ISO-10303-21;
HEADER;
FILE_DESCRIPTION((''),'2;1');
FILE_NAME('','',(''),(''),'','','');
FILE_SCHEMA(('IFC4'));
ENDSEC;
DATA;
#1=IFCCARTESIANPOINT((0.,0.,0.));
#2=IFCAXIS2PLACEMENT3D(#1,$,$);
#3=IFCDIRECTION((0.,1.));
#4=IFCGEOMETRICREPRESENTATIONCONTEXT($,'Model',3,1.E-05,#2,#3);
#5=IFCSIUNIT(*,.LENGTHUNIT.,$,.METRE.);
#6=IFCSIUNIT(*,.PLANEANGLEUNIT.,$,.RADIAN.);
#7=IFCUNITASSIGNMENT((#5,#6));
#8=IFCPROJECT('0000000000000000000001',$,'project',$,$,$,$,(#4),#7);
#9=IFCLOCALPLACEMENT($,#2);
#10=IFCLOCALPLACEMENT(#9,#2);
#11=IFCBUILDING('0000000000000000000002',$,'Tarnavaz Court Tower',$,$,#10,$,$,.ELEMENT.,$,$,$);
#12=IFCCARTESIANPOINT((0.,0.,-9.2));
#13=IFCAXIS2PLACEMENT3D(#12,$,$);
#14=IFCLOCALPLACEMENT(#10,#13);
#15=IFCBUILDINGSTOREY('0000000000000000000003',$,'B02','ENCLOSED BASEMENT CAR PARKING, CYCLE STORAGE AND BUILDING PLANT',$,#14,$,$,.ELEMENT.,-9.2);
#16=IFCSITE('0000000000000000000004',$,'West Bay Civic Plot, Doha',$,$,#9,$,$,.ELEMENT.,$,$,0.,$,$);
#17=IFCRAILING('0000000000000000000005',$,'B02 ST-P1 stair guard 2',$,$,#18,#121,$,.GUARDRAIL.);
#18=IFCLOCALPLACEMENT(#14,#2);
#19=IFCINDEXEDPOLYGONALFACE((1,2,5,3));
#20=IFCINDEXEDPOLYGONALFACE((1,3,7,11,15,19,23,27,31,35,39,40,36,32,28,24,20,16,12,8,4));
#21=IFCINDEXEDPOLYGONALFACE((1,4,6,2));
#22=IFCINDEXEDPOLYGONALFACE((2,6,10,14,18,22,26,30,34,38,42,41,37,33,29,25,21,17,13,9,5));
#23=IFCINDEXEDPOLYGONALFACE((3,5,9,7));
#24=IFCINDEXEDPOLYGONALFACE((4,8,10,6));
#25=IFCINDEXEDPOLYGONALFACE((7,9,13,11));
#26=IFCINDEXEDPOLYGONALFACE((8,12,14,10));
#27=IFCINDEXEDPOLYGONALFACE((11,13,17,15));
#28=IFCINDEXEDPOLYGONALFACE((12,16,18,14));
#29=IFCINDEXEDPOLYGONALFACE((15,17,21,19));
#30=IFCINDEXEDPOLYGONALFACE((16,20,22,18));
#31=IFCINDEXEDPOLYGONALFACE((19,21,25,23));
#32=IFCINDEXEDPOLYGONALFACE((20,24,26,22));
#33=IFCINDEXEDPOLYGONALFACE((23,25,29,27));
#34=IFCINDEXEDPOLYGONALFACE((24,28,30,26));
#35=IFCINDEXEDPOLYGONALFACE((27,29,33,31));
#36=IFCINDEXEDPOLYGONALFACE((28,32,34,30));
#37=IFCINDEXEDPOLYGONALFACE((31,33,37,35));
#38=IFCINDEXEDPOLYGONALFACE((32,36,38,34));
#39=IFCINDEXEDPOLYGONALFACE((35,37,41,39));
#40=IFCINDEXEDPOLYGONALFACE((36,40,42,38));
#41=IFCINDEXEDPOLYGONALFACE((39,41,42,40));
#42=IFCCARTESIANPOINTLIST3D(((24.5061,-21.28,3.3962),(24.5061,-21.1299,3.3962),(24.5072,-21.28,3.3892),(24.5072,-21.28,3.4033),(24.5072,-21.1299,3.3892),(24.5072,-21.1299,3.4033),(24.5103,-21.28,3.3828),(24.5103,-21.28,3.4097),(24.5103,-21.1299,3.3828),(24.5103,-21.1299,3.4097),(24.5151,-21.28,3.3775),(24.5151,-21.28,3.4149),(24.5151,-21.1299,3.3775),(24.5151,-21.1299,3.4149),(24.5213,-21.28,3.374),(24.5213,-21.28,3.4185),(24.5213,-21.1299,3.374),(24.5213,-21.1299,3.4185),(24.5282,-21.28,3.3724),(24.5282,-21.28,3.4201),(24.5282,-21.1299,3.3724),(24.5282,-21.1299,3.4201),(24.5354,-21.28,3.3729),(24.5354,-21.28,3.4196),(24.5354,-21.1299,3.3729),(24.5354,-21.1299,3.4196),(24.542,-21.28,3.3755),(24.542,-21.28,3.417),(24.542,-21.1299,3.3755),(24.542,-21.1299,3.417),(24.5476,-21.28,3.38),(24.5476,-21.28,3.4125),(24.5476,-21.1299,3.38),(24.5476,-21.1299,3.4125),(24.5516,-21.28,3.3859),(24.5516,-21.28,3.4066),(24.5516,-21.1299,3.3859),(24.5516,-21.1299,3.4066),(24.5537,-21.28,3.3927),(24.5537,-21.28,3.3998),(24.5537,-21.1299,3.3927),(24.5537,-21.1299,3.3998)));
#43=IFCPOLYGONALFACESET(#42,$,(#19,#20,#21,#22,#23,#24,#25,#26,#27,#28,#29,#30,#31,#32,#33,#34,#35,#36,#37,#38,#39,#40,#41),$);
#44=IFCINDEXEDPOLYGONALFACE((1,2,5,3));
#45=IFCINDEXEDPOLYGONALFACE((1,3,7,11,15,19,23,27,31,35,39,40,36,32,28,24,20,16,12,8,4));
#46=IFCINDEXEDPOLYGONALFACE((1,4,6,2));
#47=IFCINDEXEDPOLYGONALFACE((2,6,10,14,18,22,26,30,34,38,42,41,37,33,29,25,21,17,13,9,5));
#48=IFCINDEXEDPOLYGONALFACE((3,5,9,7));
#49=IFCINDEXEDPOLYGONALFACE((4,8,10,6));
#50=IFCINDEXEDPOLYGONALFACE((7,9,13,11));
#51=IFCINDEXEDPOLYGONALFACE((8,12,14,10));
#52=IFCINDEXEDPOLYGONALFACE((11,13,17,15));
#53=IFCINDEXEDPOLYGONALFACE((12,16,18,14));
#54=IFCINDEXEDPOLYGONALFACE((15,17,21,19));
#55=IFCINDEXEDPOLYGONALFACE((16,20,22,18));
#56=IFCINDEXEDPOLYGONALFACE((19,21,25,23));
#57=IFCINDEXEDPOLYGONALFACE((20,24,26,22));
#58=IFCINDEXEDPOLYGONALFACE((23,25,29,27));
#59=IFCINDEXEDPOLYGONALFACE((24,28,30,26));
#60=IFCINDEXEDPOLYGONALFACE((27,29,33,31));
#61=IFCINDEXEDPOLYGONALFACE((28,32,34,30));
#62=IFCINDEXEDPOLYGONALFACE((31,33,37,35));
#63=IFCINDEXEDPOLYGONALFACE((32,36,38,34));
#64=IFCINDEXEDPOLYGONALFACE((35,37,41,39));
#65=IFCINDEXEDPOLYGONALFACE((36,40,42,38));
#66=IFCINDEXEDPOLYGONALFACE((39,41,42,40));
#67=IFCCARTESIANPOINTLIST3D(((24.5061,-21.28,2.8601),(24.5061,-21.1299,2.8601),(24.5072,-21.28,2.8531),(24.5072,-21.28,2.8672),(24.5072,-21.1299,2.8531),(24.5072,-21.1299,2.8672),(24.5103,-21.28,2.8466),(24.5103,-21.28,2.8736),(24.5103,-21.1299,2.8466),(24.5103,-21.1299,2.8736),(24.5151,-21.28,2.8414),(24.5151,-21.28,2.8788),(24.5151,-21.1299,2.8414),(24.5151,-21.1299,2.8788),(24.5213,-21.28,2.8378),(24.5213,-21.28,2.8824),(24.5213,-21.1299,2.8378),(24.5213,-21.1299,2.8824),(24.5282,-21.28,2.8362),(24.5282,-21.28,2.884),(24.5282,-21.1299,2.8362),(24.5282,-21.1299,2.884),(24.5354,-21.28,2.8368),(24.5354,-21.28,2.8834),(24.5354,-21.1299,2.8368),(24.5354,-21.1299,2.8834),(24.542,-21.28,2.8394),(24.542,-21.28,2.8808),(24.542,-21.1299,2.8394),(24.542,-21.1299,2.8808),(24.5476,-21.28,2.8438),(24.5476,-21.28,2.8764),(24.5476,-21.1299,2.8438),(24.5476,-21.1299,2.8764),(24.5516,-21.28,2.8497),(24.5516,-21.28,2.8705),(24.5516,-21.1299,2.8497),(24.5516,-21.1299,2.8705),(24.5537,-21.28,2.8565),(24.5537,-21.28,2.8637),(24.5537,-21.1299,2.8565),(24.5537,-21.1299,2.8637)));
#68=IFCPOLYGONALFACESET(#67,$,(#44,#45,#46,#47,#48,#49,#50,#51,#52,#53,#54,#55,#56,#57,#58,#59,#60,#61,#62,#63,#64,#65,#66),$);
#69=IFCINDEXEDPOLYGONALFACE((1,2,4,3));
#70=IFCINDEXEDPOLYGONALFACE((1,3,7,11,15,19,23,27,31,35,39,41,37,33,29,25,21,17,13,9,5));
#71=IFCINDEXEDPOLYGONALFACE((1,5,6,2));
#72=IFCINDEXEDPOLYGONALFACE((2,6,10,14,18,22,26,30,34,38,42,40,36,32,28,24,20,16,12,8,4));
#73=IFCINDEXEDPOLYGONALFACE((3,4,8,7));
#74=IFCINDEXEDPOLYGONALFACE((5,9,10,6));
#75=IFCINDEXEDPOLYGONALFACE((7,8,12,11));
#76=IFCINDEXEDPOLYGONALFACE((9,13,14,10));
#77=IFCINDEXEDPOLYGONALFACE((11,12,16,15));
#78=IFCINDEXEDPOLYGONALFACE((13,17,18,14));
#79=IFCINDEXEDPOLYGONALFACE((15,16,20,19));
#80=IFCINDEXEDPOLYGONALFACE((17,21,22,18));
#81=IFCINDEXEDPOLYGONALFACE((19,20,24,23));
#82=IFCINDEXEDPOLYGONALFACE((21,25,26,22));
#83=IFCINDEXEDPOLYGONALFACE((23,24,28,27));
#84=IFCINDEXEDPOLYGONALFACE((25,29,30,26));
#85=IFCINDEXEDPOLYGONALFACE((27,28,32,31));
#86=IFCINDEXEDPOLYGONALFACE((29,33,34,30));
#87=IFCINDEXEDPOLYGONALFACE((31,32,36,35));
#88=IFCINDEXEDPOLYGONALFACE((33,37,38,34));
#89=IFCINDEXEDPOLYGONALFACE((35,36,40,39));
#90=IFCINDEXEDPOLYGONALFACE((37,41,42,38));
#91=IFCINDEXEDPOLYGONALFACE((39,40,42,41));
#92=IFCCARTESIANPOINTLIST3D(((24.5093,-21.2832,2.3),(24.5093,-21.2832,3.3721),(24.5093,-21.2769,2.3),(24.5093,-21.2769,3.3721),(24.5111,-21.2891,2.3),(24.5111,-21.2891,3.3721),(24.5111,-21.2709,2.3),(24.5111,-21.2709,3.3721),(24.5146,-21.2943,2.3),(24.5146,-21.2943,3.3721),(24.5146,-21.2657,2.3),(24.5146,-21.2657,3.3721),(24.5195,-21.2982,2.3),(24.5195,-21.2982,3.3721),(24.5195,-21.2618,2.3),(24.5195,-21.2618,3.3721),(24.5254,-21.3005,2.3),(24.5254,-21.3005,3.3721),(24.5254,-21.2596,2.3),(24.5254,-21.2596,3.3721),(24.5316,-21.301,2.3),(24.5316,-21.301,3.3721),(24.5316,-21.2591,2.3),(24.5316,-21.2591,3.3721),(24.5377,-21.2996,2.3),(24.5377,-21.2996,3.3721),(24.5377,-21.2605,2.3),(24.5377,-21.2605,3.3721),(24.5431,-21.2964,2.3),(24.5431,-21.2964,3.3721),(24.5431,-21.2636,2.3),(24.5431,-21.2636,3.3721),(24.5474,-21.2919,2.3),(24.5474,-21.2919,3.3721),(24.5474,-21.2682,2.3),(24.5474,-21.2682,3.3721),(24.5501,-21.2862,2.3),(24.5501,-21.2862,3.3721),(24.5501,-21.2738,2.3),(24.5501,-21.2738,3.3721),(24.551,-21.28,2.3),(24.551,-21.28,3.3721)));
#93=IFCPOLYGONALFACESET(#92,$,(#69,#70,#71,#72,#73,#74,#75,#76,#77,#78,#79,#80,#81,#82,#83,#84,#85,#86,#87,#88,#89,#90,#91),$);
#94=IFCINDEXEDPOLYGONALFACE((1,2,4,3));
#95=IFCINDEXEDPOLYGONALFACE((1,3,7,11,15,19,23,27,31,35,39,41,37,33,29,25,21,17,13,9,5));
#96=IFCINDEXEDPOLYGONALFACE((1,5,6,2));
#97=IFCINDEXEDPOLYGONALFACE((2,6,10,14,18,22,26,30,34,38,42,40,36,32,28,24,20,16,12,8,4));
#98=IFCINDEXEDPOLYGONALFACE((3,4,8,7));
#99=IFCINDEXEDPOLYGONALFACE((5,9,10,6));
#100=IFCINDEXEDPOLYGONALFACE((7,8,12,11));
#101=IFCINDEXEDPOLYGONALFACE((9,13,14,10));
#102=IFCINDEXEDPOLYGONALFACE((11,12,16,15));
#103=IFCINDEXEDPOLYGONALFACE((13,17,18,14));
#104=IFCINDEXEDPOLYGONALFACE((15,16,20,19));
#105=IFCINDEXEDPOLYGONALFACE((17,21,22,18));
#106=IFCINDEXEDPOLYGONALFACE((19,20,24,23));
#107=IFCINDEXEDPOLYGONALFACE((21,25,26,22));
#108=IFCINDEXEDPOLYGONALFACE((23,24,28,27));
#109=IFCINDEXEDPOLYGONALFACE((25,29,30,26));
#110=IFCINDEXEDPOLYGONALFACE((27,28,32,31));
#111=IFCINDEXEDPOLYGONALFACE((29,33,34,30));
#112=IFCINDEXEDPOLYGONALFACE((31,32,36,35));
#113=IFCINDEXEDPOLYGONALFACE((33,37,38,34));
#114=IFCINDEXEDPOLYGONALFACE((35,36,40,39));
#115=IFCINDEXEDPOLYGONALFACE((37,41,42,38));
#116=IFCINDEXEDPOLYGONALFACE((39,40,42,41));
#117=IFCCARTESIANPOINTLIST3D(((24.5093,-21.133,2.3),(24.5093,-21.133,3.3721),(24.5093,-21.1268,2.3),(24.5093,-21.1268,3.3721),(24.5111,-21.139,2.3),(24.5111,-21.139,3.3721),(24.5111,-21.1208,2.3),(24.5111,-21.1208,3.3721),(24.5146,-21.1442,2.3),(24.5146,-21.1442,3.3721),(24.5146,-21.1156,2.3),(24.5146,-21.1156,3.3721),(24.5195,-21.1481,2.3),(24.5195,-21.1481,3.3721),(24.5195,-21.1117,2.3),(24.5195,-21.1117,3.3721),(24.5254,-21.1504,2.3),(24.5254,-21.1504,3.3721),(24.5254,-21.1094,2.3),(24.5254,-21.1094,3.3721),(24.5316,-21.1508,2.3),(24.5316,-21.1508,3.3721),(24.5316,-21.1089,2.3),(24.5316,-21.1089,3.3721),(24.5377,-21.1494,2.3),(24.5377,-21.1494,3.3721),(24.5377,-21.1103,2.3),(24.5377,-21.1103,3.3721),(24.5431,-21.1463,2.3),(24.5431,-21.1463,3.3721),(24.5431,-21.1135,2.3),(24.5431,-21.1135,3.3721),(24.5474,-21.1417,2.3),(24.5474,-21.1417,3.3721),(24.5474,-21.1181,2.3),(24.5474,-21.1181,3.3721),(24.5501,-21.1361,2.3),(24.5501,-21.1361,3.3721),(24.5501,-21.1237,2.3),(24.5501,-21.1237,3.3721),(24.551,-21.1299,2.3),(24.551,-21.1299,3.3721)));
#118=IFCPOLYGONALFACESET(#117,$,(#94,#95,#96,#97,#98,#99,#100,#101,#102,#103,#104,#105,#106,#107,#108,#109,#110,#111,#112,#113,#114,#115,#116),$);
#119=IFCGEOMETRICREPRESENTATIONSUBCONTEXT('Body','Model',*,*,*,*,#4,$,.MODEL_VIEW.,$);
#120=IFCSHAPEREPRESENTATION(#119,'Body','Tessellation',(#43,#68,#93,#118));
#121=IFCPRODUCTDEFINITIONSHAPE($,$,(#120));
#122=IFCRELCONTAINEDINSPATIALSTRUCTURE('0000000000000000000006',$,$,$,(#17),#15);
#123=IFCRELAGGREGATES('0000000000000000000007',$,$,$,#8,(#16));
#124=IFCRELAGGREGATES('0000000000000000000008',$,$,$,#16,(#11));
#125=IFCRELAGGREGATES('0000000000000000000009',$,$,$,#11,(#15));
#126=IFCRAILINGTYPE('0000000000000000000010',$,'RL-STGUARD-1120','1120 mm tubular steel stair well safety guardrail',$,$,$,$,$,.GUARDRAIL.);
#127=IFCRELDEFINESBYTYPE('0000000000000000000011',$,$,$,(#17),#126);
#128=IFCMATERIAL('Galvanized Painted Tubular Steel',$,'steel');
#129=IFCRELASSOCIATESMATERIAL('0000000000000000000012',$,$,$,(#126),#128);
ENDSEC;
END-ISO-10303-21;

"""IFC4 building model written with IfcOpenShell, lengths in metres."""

from ifc_helpers import new_model, si_unit, direction, frame, origin, origin_2d, place, context, subcontext, project, spatial, circle, extrude, material, type_object, element, save


model = new_model("IFC4")

# Units and contexts
model_context = context("Model", 3, precision=1e-05, world=origin(), true_north=direction((0.0, 1.0)))
body_context = subcontext(model_context, "Body", "Model", "MODEL_VIEW")
ifc_project = project(units=[si_unit("LENGTHUNIT", "METRE"), si_unit("PLANEANGLEUNIT", "RADIAN")], contexts=[model_context])

# Site, building, storey
site_placement = place(None, origin())
site = spatial("IfcSite", under=ifc_project, at=site_placement, Name="West Bay Civic Plot, Doha", CompositionType="ELEMENT", RefElevation=0.0)
building_placement = place(site_placement, origin())
building = spatial("IfcBuilding", under=site, at=building_placement, Name="Tarnavaz Court Tower", CompositionType="ELEMENT")
storey_placement = place(building_placement, frame((0.0, 0.0, -9.2)))
storey = spatial("IfcBuildingStorey", under=building, at=storey_placement, Name="B02", Description="ENCLOSED BASEMENT CAR PARKING, CYCLE STORAGE AND BUILDING PLANT", CompositionType="ELEMENT", Elevation=-9.2)

# Railing
ifc_material_1 = material(Name="Galvanized Painted Tubular Steel", Category="steel")
railing_type_1 = type_object("IfcRailingType", Name="RL-STGUARD-1120", Description="1120 mm tubular steel stair well safety guardrail", PredefinedType="GUARDRAIL", material=ifc_material_1)
railing_1_placement = place(storey_placement, frame((24.53, -21.28, 2.3)))
element("IfcRailing", 1, at=railing_1_placement, inside=storey, type_object=railing_type_1, Name="B02 ST-P1 stair guard 2", PredefinedType="GUARDRAIL", context=body_context, shape_type="SweptSolid", body=[
    extrude(circle(Radius=0.0239, at=origin_2d()), frame((0.0, 0.0, 1.0962), z_axis=(0.0, 1.0, 0.0), x_axis=(-1.0, 0.0, 0.0)), (0.0, 0.0, 1.0), 0.1501),
    extrude(circle(Radius=0.0239, at=origin_2d()), frame((0.0, 0.0, 0.5601), z_axis=(0.0, 1.0, 0.0), x_axis=(-1.0, 0.0, 0.0)), (0.0, 0.0, 1.0), 0.1501),
    extrude(circle(Radius=0.021, at=origin_2d()), origin(), (0.0, 0.0, 1.0), 1.072),
    extrude(circle(Radius=0.021, at=origin_2d()), frame((0.0, 0.1501, 0.0)), (0.0, 0.0, 1.0), 1.072),
])

save(model, "model.ifc")
